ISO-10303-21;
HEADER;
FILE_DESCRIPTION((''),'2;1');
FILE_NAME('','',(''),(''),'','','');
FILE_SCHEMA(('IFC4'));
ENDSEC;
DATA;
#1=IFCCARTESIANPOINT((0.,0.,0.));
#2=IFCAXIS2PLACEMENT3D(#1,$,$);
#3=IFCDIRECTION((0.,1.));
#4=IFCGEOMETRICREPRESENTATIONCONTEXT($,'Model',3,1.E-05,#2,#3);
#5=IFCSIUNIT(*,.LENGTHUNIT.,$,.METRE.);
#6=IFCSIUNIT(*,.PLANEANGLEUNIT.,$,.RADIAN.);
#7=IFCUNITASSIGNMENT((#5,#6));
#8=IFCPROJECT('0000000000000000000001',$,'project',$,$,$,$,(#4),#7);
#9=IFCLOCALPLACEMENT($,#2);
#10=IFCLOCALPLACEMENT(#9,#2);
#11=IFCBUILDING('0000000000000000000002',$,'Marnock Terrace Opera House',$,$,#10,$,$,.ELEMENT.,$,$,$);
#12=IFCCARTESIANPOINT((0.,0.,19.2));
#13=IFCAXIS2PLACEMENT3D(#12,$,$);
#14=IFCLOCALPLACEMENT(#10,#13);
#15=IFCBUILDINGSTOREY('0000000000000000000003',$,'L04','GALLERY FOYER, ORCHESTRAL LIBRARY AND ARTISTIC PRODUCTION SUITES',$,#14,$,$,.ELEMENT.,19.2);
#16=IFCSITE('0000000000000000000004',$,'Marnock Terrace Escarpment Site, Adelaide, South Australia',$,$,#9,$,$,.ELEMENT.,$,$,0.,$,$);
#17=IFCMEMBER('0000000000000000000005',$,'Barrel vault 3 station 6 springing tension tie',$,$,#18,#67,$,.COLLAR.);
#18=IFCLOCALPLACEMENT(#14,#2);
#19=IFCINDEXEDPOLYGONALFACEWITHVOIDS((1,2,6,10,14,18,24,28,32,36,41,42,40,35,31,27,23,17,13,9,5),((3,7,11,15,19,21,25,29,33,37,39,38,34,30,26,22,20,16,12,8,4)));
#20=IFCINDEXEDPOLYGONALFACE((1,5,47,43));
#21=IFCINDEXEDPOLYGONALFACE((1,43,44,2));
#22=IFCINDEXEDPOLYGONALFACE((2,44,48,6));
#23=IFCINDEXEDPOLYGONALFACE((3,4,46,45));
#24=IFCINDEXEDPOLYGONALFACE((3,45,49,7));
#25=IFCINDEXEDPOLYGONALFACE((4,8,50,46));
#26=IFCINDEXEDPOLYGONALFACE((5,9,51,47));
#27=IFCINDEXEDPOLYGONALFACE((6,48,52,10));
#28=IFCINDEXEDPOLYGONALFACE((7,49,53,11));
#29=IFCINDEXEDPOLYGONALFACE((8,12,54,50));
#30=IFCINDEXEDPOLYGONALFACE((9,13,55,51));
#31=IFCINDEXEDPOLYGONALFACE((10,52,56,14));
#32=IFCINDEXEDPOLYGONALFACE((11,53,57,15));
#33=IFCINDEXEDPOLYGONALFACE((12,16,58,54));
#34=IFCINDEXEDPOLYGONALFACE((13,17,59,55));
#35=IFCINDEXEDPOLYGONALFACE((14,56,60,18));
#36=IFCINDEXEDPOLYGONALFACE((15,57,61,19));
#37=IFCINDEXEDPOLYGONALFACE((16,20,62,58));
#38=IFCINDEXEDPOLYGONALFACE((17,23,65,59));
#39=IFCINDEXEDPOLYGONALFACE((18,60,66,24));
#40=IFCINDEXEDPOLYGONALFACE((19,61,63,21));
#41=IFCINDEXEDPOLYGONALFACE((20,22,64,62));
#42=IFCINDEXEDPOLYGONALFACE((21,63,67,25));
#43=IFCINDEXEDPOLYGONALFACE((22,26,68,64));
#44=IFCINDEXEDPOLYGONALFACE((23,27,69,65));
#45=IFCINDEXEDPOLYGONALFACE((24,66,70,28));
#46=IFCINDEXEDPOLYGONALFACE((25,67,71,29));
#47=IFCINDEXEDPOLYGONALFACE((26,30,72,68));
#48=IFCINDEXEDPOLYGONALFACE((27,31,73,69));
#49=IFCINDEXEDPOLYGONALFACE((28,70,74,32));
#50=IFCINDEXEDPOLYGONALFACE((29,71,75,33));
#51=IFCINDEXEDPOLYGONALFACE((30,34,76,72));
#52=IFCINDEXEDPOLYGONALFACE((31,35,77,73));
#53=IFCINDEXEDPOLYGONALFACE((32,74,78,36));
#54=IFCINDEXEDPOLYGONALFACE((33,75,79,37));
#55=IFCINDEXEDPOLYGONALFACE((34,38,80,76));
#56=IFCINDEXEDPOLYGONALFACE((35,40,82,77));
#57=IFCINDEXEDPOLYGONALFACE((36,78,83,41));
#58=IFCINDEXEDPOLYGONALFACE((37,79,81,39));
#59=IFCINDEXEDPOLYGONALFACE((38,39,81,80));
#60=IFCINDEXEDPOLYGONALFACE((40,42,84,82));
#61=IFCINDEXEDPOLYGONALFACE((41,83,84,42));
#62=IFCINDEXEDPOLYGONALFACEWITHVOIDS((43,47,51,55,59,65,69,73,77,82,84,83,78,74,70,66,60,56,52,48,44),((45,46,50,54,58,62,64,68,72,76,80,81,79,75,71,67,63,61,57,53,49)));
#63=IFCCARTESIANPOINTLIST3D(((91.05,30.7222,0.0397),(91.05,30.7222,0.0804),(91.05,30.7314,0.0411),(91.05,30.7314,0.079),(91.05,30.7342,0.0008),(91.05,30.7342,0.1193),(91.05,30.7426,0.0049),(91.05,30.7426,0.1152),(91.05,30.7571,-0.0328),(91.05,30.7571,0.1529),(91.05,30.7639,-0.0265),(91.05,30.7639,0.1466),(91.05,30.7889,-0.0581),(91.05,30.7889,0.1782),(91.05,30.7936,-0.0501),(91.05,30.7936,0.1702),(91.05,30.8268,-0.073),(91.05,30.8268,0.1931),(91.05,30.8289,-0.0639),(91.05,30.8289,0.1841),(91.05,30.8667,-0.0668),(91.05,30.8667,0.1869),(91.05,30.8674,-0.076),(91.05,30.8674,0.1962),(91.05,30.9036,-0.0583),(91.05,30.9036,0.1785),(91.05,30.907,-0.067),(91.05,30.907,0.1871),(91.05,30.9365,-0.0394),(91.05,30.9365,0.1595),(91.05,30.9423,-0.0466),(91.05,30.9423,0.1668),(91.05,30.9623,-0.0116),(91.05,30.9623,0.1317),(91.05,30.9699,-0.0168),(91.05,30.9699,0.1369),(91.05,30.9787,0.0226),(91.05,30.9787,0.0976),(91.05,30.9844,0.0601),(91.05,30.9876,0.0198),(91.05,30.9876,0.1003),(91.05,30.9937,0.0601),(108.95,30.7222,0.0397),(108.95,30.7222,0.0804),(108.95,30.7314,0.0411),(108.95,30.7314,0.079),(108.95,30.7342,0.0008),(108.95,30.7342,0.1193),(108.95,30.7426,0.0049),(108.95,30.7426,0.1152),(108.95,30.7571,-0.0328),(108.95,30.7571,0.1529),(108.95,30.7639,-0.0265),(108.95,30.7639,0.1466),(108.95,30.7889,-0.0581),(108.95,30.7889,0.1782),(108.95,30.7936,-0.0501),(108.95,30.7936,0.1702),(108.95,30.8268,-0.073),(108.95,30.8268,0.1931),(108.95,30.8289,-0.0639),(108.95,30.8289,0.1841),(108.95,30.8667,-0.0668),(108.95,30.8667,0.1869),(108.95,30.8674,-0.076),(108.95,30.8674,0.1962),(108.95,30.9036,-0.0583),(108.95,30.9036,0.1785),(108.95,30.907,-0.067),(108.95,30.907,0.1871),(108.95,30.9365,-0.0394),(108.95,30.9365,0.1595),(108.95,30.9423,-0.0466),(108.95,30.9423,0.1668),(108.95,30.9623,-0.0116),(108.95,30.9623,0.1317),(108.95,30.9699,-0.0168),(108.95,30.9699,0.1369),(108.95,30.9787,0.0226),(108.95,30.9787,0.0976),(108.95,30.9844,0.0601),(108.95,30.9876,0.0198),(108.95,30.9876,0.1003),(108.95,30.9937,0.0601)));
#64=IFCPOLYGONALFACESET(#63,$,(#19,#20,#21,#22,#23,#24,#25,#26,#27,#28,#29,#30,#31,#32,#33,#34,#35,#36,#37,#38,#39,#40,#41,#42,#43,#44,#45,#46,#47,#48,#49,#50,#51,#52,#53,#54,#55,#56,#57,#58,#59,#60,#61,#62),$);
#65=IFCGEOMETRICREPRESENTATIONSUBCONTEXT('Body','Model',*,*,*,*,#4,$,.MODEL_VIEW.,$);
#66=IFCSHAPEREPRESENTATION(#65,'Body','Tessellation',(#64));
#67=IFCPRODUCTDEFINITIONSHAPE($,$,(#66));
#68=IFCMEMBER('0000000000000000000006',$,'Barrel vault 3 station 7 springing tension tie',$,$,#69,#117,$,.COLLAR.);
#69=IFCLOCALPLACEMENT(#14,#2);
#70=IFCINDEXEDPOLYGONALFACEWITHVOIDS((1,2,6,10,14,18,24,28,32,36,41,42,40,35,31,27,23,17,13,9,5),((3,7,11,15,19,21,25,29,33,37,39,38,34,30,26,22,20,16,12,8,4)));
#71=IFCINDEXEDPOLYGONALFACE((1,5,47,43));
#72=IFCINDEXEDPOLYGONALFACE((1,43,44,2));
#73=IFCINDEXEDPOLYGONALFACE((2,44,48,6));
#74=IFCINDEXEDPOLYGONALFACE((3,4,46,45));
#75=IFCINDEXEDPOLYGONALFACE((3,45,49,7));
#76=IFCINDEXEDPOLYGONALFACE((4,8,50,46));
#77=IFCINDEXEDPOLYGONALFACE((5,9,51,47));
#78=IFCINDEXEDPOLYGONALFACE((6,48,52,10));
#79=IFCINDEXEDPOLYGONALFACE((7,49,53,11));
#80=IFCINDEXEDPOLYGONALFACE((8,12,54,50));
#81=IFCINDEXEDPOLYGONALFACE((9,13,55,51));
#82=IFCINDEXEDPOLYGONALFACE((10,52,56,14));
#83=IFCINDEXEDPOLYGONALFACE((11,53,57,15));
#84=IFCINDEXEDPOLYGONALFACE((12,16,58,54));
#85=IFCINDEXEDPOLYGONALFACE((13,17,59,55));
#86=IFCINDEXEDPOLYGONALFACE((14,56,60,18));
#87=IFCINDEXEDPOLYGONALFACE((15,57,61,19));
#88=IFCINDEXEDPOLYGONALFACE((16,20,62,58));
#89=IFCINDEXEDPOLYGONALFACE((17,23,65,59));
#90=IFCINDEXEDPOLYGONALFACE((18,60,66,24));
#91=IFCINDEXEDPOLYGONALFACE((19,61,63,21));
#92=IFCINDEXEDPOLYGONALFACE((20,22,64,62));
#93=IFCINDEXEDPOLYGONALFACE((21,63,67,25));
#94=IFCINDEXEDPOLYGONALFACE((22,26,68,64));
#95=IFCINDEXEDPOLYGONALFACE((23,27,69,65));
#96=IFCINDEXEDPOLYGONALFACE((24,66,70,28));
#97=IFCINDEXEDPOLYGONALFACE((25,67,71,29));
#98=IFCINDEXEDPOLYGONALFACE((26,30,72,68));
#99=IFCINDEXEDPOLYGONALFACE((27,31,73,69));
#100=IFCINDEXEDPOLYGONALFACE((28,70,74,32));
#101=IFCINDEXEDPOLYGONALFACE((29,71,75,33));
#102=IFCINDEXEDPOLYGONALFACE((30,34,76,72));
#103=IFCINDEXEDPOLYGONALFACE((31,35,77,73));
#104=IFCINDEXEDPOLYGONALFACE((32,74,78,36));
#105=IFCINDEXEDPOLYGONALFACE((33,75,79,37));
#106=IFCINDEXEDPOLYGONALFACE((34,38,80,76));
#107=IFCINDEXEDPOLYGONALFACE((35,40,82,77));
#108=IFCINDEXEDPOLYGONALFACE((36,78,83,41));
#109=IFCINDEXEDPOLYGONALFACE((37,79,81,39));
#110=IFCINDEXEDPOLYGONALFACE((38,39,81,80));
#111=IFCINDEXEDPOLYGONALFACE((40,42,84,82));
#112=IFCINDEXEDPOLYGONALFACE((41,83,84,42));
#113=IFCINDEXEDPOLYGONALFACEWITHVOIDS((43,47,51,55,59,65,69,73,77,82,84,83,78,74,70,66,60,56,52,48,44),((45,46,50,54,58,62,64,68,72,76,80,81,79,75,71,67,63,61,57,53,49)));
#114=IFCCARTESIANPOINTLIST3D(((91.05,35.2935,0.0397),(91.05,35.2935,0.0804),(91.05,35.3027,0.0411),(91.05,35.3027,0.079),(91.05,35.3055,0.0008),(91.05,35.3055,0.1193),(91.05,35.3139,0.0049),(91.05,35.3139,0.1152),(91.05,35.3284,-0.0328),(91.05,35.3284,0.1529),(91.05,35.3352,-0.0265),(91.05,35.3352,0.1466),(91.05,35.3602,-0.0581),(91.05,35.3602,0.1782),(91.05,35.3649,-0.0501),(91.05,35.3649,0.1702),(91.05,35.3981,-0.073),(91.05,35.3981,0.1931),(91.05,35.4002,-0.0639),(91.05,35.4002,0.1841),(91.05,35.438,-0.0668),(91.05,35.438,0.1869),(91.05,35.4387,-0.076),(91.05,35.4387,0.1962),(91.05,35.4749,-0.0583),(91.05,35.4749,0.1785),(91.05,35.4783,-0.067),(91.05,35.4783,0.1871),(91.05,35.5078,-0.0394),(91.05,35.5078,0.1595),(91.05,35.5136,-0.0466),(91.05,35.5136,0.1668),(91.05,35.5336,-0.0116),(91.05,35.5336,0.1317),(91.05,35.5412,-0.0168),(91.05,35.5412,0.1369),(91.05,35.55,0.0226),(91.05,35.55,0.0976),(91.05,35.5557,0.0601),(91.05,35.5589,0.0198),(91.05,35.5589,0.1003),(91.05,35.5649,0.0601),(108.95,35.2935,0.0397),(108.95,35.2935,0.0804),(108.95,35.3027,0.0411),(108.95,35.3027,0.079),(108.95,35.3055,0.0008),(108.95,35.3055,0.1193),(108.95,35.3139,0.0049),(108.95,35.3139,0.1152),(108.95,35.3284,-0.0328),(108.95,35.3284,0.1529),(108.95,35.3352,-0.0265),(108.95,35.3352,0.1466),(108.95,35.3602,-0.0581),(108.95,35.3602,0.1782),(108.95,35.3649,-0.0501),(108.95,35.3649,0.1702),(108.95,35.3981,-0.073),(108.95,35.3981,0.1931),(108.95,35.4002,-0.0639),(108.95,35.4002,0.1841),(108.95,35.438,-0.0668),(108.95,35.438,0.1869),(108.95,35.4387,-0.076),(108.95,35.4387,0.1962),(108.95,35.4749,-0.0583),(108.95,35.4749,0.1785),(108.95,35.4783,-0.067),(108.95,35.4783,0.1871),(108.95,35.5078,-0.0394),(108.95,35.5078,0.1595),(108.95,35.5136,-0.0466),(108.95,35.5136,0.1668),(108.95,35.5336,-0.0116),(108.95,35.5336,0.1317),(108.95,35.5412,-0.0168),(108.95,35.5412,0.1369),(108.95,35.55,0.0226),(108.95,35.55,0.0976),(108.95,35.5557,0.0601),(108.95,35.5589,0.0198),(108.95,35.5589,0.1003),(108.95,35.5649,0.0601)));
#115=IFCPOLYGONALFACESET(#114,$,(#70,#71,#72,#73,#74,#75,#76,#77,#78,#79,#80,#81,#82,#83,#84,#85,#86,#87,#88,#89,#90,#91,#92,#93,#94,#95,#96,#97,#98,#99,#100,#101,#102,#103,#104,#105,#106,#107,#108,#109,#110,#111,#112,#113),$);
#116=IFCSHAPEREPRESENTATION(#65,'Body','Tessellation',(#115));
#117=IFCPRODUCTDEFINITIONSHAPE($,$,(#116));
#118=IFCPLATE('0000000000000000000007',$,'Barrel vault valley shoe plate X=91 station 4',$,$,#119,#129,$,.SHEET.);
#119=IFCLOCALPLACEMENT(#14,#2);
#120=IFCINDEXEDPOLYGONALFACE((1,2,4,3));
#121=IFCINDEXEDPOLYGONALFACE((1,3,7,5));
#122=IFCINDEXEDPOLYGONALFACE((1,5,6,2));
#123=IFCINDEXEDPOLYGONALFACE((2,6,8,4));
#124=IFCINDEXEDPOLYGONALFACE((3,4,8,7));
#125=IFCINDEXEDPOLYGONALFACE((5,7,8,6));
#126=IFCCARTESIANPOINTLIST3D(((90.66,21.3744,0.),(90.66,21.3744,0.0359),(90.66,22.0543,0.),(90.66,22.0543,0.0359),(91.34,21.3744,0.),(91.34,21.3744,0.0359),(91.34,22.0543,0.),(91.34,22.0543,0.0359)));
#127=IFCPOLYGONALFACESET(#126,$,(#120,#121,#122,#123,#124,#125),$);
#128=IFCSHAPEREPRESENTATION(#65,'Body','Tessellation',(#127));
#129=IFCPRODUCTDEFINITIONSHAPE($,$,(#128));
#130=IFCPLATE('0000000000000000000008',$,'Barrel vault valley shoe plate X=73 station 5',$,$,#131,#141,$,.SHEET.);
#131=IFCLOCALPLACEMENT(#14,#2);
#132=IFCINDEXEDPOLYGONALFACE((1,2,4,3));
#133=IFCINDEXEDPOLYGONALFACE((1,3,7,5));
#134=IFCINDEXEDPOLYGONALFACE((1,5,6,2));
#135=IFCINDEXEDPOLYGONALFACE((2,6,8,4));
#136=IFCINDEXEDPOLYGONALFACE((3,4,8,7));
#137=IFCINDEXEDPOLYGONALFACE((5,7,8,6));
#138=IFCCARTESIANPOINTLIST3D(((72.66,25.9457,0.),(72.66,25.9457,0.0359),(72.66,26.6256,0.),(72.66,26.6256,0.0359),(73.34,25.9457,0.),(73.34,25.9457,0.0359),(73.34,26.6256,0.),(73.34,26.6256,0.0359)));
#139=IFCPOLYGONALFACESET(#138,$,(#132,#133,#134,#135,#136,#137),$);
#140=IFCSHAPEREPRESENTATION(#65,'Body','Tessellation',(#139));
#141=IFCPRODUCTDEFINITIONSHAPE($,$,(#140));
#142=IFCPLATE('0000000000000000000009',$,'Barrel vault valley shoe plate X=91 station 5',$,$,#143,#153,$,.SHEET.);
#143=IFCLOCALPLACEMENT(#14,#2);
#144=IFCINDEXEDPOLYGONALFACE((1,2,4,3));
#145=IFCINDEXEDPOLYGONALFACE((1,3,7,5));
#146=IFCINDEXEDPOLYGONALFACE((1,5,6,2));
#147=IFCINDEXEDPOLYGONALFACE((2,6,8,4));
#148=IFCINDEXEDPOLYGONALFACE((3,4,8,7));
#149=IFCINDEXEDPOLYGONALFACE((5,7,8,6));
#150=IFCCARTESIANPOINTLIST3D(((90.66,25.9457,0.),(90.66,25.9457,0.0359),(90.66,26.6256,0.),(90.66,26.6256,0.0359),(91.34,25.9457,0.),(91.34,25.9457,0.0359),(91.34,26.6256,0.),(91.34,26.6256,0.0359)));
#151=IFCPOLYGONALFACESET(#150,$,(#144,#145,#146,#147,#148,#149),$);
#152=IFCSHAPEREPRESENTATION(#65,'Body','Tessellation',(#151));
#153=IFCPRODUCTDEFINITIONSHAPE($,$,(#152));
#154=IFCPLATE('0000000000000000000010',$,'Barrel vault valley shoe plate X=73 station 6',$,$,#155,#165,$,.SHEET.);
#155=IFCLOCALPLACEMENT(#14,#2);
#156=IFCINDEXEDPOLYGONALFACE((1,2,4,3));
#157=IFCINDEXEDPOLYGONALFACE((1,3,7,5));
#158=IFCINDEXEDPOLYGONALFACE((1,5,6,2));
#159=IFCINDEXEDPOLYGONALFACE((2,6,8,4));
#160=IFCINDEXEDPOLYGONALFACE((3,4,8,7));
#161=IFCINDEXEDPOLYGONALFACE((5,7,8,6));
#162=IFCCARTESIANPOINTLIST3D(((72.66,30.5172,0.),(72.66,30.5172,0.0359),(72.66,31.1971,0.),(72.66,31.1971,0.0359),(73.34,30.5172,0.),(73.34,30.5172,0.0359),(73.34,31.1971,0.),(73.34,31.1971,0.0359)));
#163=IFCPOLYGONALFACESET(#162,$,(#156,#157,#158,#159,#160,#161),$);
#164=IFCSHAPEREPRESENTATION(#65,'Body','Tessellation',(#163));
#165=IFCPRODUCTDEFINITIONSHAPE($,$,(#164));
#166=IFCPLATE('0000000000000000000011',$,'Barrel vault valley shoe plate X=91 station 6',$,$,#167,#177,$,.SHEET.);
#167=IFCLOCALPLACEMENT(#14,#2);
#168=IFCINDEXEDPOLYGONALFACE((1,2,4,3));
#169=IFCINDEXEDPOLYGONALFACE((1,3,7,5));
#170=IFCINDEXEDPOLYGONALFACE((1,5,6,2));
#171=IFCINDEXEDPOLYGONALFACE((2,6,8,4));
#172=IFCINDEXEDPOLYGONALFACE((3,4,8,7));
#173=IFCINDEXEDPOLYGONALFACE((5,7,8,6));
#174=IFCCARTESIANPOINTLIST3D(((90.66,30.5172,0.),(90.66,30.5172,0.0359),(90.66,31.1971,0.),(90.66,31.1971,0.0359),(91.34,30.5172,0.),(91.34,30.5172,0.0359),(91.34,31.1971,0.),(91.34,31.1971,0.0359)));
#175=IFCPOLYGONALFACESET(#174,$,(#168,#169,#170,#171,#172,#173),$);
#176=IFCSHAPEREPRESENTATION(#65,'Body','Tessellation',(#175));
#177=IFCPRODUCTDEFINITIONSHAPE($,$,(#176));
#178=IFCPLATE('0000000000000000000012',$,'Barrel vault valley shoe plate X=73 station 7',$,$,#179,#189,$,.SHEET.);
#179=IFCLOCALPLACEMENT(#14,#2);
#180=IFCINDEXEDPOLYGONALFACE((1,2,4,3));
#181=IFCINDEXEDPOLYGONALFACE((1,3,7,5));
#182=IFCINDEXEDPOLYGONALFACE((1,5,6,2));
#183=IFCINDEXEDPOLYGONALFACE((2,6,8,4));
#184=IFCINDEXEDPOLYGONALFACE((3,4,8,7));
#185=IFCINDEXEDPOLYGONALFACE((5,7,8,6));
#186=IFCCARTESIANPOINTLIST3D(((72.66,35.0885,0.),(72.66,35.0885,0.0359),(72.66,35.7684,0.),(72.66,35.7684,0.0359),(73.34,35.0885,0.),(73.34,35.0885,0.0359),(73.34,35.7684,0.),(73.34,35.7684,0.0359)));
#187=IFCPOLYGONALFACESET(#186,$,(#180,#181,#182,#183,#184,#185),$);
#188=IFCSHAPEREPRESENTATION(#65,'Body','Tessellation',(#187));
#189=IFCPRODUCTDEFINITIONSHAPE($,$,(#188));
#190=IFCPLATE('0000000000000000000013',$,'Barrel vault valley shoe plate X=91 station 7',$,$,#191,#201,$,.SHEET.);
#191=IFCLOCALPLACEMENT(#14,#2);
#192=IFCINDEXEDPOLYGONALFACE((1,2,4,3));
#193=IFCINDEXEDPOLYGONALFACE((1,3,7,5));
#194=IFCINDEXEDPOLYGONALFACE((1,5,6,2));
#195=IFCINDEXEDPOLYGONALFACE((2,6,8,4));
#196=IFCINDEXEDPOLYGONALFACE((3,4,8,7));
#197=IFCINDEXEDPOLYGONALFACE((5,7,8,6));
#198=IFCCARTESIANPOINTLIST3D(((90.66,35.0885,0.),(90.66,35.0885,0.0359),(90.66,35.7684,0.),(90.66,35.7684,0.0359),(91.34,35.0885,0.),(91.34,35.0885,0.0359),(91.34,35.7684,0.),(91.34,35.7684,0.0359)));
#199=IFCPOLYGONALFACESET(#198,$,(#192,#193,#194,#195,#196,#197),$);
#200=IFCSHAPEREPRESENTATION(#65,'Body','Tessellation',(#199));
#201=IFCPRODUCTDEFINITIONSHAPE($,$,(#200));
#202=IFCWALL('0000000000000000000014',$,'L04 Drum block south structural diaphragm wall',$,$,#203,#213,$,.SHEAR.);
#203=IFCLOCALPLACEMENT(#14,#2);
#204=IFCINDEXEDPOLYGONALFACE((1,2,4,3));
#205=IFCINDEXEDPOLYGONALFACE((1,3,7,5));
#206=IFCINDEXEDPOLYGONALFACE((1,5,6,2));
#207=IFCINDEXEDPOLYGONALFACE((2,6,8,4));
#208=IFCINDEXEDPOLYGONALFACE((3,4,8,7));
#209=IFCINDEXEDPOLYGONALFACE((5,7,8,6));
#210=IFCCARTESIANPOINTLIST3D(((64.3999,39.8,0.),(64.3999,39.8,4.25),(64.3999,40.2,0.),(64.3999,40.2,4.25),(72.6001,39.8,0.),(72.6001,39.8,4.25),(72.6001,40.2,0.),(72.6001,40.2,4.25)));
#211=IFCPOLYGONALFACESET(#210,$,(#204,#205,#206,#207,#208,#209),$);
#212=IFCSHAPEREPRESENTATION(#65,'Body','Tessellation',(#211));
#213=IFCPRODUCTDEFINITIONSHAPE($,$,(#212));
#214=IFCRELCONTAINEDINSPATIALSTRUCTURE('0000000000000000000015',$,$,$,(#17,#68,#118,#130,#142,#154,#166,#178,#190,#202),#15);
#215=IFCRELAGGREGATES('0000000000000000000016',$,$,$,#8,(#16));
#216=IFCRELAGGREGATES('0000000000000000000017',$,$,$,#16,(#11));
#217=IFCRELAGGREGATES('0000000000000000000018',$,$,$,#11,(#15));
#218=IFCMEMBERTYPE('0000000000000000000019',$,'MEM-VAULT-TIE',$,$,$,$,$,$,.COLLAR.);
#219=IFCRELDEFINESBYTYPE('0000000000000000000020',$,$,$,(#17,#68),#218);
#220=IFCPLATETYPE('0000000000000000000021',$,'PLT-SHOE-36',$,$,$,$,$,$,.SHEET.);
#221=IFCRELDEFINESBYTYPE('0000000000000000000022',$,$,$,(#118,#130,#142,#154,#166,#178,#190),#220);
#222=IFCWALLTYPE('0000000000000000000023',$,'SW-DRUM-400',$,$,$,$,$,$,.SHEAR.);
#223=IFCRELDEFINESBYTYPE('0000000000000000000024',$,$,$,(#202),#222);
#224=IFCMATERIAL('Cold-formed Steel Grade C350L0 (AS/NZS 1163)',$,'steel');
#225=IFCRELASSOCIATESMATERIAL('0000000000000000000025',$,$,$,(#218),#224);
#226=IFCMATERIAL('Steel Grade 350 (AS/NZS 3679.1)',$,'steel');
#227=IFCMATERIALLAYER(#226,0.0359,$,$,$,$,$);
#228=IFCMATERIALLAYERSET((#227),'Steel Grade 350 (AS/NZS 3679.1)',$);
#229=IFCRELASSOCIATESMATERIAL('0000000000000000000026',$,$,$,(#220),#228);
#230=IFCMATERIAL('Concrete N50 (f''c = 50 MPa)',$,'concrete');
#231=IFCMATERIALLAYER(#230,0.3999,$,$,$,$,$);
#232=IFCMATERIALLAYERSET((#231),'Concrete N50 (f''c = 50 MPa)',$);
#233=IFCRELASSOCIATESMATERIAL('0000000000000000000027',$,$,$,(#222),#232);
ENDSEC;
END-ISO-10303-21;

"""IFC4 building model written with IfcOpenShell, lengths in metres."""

from ifc_helpers import new_model, si_unit, direction, frame, frame_2d, origin, origin_2d, place, context, subcontext, project, spatial, rectangle, hollow_circle, extrude, material, layer, layer_set, material_profile, profile_set, type_object, element, save


model = new_model("IFC4")

# Units and contexts
model_context = context("Model", 3, precision=1e-05, world=origin(), true_north=direction((0.0, 1.0)))
body_context = subcontext(model_context, "Body", "Model", "MODEL_VIEW")
ifc_project = project(units=[si_unit("LENGTHUNIT", "METRE"), si_unit("PLANEANGLEUNIT", "RADIAN")], contexts=[model_context])

# Site, building, storey
site_placement = place(None, origin())
site = spatial("IfcSite", under=ifc_project, at=site_placement, Name="Marnock Terrace Escarpment Site, Adelaide, South Australia", CompositionType="ELEMENT", RefElevation=0.0)
building_placement = place(site_placement, origin())
building = spatial("IfcBuilding", under=site, at=building_placement, Name="Marnock Terrace Opera House", CompositionType="ELEMENT")
storey_placement = place(building_placement, frame((0.0, 0.0, 19.2)))
storey = spatial("IfcBuildingStorey", under=building, at=storey_placement, Name="L04", Description="GALLERY FOYER, ORCHESTRAL LIBRARY AND ARTISTIC PRODUCTION SUITES", CompositionType="ELEMENT", Elevation=19.2)

# Members
ifc_material_1 = material(Name="Cold-formed Steel Grade C350L0 (AS/NZS 1163)", Category="steel")
ifc_material_profile_1 = material_profile(ifc_material_1, hollow_circle(Radius=0.1365, WallThickness=0.0093, at=origin_2d()))
ifc_profile_set_1 = profile_set([ifc_material_profile_1], Name="Cold-formed Steel Grade C350L0 (AS/NZS 1163)")
member_type = type_object("IfcMemberType", Name="MEM-VAULT-TIE", PredefinedType="COLLAR", material=ifc_profile_set_1)
for number, where, z_axis, x_axis, name in (
    (1, (91.05, 30.8572, 0.0601), (1.0, 0.0, 0.0), (0.0, 1.0, 0.0), "Barrel vault 3 station 6 springing tension tie"),
    (2, (91.05, 35.4285, 0.0601), (1.0, 0.0, 0.0), (0.0, 1.0, 0.0), "Barrel vault 3 station 7 springing tension tie"),
):
    element("IfcMember", number, at=place(storey_placement, frame(where, z_axis=z_axis, x_axis=x_axis)), inside=storey, type_object=member_type, Name=name, PredefinedType="COLLAR", context=body_context, shape_type="SweptSolid", body=[
        extrude(hollow_circle(Radius=0.1365, WallThickness=0.0093, at=origin_2d()), origin(), (0.0, 0.0, 1.0), 17.8999),
    ])

# Plates
ifc_material_2 = material(Name="Steel Grade 350 (AS/NZS 3679.1)", Category="steel")
ifc_layer_1 = layer(ifc_material_2, 0.0359)
ifc_layer_set_1 = layer_set([ifc_layer_1], Name="Steel Grade 350 (AS/NZS 3679.1)")
plate_type = type_object("IfcPlateType", Name="PLT-SHOE-36", PredefinedType="SHEET", material=ifc_layer_set_1)
for number, where, z_axis, x_axis, name in (
    (3, (91.0, 21.7144, 0.0), (0.0, 0.0, 1.0), (1.0, 0.0, 0.0), "Barrel vault valley shoe plate X=91 station 4"),
    (4, (73.0, 26.2856, 0.0), (0.0, 0.0, 1.0), (1.0, 0.0, 0.0), "Barrel vault valley shoe plate X=73 station 5"),
    (5, (91.0, 26.2856, 0.0), (0.0, 0.0, 1.0), (1.0, 0.0, 0.0), "Barrel vault valley shoe plate X=91 station 5"),
    (6, (73.0, 30.8572, 0.0), (0.0, 0.0, 1.0), (1.0, 0.0, 0.0), "Barrel vault valley shoe plate X=73 station 6"),
    (7, (91.0, 30.8572, 0.0), (0.0, 0.0, 1.0), (1.0, 0.0, 0.0), "Barrel vault valley shoe plate X=91 station 6"),
    (8, (73.0, 35.4285, 0.0), (0.0, 0.0, 1.0), (1.0, 0.0, 0.0), "Barrel vault valley shoe plate X=73 station 7"),
    (9, (91.0, 35.4285, 0.0), (0.0, 0.0, 1.0), (1.0, 0.0, 0.0), "Barrel vault valley shoe plate X=91 station 7"),
):
    element("IfcPlate", number, at=place(storey_placement, frame(where, z_axis=z_axis, x_axis=x_axis)), inside=storey, type_object=plate_type, Name=name, PredefinedType="SHEET", context=body_context, shape_type="SweptSolid", body=[
        extrude(rectangle(XDim=0.6799, YDim=0.6799, at=origin_2d()), origin(), (0.0, 0.0, 1.0), 0.0359),
    ])

# Wall
ifc_material_3 = material(Name="Concrete N50 (f'c = 50 MPa)", Category="concrete")
ifc_layer_2 = layer(ifc_material_3, 0.3999)
ifc_layer_set_2 = layer_set([ifc_layer_2], Name="Concrete N50 (f'c = 50 MPa)")
wall_type = type_object("IfcWallType", Name="SW-DRUM-400", PredefinedType="SHEAR", material=ifc_layer_set_2)
wall_placement = place(storey_placement, frame((64.3999, 40.0, 0.0), z_axis=(0.0, 0.0, 1.0), x_axis=(1.0, 0.0, 0.0)))
element("IfcWall", 10, at=wall_placement, inside=storey, type_object=wall_type, Name="L04 Drum block south structural diaphragm wall", PredefinedType="SHEAR", context=body_context, shape_type="SweptSolid", body=[
    extrude(rectangle(XDim=8.2002, YDim=0.3999, at=frame_2d((4.1001, 0.0))), origin(), (0.0, 0.0, 1.0), 4.25),
])

save(model, "model.ifc")
